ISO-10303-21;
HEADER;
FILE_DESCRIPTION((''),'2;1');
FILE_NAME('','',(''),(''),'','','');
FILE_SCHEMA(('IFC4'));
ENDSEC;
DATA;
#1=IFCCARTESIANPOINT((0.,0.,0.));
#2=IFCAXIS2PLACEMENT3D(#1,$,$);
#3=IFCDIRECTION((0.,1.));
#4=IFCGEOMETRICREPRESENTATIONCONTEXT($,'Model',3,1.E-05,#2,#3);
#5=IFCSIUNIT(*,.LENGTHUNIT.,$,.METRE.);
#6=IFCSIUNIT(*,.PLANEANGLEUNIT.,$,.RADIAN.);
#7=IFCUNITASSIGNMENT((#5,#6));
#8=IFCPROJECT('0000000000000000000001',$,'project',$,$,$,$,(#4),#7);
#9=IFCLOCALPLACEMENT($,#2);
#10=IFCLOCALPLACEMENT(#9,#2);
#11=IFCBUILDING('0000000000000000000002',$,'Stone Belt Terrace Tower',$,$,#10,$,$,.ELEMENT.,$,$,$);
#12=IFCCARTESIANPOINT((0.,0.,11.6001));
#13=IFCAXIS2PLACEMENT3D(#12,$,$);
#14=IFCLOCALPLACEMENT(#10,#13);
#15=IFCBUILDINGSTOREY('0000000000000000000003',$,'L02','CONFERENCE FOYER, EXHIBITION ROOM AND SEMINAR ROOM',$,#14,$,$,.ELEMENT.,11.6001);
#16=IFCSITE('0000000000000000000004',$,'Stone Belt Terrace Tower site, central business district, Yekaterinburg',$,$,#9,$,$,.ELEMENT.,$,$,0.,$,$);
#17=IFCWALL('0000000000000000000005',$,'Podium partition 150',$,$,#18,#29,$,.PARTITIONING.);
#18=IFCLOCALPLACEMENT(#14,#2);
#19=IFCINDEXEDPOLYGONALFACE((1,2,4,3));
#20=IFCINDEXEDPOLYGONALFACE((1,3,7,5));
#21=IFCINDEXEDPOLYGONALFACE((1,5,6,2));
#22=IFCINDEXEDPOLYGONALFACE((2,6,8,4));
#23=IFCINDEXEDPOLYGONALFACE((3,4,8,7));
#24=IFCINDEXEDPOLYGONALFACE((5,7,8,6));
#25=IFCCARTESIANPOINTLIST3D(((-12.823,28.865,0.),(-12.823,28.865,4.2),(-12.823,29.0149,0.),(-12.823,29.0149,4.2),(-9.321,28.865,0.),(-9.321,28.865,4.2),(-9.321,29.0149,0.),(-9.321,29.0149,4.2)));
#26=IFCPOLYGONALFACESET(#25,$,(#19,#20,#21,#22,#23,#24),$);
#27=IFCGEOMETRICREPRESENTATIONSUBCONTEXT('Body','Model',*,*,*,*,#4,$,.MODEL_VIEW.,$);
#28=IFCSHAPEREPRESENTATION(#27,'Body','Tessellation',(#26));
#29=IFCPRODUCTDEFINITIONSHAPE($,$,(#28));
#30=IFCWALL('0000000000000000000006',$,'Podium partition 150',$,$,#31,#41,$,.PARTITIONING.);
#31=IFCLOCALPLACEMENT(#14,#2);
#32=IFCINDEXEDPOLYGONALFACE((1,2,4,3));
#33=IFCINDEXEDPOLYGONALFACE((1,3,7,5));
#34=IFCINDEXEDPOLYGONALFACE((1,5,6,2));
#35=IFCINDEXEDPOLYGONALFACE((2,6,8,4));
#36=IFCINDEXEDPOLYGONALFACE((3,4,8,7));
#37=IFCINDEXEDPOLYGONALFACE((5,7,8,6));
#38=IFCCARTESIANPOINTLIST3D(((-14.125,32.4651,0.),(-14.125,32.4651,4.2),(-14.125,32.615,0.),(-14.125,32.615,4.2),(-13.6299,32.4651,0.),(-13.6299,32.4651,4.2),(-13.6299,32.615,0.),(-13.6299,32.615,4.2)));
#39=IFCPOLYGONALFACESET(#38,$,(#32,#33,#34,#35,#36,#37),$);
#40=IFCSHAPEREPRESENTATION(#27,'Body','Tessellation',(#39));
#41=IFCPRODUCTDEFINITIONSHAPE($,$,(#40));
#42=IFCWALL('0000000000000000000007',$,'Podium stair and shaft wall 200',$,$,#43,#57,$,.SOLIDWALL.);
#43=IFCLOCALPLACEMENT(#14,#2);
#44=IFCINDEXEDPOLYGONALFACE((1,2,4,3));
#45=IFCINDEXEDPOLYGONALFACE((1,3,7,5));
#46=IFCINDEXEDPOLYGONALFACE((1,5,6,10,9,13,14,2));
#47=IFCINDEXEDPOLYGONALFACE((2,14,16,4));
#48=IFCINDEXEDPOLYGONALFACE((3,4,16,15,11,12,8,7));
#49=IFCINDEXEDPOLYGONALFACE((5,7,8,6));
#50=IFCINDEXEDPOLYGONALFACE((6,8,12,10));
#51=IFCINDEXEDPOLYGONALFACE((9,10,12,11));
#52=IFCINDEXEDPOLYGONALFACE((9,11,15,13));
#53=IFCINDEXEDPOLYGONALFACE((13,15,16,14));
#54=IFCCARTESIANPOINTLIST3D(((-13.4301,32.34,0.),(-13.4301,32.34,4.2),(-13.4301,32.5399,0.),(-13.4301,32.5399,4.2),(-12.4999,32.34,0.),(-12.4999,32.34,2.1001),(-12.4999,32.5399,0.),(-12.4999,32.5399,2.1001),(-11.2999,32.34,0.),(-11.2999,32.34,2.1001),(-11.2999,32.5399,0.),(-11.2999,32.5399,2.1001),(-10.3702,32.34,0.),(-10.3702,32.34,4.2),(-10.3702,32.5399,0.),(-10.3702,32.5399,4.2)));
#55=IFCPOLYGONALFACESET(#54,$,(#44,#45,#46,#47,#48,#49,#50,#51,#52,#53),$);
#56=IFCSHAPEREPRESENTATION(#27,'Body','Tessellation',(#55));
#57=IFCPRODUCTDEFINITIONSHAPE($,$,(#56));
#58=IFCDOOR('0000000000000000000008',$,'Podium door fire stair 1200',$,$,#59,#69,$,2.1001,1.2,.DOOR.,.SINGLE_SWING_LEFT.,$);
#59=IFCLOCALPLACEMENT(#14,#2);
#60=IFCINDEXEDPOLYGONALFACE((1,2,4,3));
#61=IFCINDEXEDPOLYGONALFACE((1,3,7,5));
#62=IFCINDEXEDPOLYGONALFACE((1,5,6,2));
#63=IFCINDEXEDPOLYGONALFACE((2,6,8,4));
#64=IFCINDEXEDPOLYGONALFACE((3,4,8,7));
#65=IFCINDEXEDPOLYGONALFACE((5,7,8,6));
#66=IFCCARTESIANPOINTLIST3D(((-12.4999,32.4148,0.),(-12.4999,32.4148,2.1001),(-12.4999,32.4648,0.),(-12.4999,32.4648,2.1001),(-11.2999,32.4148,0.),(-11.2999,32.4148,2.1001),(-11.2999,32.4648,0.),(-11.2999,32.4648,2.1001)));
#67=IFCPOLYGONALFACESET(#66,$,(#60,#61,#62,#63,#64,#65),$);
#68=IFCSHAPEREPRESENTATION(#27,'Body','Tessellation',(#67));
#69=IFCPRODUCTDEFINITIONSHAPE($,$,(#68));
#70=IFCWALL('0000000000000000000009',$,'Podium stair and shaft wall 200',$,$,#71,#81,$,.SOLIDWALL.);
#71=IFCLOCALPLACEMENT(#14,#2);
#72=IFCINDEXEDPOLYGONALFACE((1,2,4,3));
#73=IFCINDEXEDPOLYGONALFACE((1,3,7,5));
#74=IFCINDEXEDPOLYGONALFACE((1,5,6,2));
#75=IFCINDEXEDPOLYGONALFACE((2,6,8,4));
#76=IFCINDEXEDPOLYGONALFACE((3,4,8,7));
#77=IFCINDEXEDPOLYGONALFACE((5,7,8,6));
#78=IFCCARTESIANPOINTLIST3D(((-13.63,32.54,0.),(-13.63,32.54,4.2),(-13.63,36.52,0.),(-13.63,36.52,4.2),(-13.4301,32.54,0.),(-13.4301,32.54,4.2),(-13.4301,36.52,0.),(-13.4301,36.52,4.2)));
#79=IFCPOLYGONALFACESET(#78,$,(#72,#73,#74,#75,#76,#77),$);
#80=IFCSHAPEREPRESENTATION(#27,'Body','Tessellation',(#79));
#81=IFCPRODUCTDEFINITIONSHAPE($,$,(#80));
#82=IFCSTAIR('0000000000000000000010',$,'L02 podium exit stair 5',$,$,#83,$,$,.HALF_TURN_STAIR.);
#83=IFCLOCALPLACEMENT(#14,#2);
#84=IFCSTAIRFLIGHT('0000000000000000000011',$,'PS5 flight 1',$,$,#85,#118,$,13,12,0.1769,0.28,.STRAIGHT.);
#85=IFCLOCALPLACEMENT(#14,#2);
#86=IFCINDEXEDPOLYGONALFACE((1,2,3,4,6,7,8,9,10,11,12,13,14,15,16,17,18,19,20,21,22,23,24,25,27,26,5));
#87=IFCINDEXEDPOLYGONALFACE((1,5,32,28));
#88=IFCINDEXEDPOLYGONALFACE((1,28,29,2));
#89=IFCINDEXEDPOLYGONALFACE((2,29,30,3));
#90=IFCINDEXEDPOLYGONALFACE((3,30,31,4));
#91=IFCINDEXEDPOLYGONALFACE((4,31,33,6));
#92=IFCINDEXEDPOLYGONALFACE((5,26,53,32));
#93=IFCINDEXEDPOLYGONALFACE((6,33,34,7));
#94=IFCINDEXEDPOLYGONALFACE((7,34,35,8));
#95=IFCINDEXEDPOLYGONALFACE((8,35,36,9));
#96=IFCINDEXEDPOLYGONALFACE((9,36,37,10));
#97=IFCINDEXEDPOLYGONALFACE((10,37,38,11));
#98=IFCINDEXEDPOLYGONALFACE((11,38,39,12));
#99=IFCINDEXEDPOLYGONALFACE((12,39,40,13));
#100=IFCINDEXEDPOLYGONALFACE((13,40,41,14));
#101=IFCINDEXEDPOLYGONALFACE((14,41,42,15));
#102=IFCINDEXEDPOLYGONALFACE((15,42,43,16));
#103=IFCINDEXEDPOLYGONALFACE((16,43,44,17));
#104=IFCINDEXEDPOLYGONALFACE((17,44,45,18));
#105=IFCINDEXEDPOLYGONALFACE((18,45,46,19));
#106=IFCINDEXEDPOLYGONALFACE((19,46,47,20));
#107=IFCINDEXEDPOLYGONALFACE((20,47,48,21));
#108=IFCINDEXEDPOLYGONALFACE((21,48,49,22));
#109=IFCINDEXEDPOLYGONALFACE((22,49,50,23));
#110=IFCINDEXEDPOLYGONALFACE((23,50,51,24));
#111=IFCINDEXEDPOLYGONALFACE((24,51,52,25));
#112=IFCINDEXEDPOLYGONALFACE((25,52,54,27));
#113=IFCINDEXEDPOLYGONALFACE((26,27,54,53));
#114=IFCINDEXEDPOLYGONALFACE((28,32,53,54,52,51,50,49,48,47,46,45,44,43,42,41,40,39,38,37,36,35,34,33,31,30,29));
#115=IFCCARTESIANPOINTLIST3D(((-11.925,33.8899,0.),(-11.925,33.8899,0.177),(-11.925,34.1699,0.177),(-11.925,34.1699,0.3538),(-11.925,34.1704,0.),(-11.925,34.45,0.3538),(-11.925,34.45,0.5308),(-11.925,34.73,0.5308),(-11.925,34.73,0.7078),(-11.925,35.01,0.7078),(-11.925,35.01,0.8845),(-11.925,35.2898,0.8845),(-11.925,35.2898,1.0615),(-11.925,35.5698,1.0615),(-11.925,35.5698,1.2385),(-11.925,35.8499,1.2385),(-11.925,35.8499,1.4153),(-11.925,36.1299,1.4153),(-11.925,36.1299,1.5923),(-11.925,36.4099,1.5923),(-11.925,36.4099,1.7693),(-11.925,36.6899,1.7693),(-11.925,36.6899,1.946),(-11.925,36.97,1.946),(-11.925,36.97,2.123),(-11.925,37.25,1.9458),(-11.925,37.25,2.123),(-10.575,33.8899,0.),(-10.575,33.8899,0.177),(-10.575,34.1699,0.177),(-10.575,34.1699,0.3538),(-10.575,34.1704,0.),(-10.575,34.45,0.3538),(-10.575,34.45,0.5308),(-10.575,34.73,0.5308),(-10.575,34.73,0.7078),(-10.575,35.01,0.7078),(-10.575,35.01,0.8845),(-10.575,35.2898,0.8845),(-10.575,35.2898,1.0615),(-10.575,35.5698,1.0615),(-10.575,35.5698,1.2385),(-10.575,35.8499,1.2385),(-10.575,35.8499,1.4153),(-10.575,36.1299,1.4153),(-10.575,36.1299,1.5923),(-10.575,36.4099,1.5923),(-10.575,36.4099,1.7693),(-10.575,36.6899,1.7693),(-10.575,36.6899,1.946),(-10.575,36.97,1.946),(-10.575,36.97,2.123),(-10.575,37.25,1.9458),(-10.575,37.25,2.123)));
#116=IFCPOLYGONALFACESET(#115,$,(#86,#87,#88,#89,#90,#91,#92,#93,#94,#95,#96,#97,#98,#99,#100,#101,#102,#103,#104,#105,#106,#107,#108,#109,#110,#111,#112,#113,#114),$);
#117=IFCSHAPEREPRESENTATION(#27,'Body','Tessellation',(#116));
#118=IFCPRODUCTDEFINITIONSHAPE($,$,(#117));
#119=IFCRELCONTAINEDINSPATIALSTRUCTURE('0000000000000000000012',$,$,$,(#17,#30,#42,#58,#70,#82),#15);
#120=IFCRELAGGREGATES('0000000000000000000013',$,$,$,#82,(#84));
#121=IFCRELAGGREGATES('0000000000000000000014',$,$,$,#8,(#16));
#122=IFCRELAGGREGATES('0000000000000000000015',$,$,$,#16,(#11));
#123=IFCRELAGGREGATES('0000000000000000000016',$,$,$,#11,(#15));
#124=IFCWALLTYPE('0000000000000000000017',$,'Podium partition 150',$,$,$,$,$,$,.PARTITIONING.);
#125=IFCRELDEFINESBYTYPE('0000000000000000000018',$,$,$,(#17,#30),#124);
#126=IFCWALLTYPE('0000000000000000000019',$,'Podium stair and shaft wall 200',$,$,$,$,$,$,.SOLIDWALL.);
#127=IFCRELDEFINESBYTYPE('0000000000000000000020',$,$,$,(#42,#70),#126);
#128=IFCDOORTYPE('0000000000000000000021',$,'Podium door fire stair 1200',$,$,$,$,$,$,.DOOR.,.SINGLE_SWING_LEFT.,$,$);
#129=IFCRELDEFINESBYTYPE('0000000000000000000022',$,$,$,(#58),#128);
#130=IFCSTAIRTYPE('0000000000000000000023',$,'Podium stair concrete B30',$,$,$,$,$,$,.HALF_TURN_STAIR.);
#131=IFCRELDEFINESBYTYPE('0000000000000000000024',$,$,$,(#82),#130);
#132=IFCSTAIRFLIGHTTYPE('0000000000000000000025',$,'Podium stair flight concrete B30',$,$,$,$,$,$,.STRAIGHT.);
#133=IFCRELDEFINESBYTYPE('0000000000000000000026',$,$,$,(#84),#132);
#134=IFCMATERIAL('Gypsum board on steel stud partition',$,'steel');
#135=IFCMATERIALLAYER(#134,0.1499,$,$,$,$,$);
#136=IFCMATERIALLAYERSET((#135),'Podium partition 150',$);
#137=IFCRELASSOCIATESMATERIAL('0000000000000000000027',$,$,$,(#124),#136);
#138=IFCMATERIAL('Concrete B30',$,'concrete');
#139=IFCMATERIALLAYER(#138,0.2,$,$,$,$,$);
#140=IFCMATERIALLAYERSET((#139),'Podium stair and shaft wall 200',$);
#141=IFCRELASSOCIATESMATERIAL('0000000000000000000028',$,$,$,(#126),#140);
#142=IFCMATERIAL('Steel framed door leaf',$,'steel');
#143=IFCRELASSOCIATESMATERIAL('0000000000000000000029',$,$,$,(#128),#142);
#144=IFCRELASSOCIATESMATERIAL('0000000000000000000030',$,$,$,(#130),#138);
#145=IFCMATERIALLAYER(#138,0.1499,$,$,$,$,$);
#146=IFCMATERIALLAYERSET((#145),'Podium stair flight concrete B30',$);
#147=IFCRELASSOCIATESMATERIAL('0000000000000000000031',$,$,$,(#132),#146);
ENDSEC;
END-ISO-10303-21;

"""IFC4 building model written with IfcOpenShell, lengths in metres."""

from ifc_helpers import new_model, si_unit, direction, frame, frame_2d, origin, place, context, subcontext, project, spatial, polyline, rectangle, outline, extrude, material, layer, layer_set, type_object, element, fill, aggregate, save


model = new_model("IFC4")

# Units and contexts
model_context = context("Model", 3, precision=1e-05, world=origin(), true_north=direction((0.0, 1.0)))
body_context = subcontext(model_context, "Body", "Model", "MODEL_VIEW")
ifc_project = project(units=[si_unit("LENGTHUNIT", "METRE"), si_unit("PLANEANGLEUNIT", "RADIAN")], contexts=[model_context])

# Site, building, storey
site_placement = place(None, origin())
site = spatial("IfcSite", under=ifc_project, at=site_placement, Name="Stone Belt Terrace Tower site, central business district, Yekaterinburg", CompositionType="ELEMENT", RefElevation=0.0)
building_placement = place(site_placement, origin())
building = spatial("IfcBuilding", under=site, at=building_placement, Name="Stone Belt Terrace Tower", CompositionType="ELEMENT")
storey_placement = place(building_placement, frame((0.0, 0.0, 11.6001)))
storey = spatial("IfcBuildingStorey", under=building, at=storey_placement, Name="L02", Description="CONFERENCE FOYER, EXHIBITION ROOM AND SEMINAR ROOM", CompositionType="ELEMENT", Elevation=11.6001)

# Walls
ifc_material_1 = material(Name="Gypsum board on steel stud partition", Category="steel")
ifc_layer_1 = layer(ifc_material_1, 0.1499)
ifc_layer_set_1 = layer_set([ifc_layer_1], Name="Podium partition 150")
wall_type_1 = type_object("IfcWallType", Name="Podium partition 150", PredefinedType="PARTITIONING", material=ifc_layer_set_1)
wall_1_placement = place(storey_placement, frame((-12.823, 28.9399, 0.0), z_axis=(0.0, 0.0, 1.0), x_axis=(1.0, 0.0, 0.0)))
element("IfcWall", 1, at=wall_1_placement, inside=storey, type_object=wall_type_1, Name="Podium partition 150", PredefinedType="PARTITIONING", context=body_context, shape_type="SweptSolid", body=[
    extrude(rectangle(XDim=3.502, YDim=0.1499, at=frame_2d((1.751, 0.0))), origin(), (0.0, 0.0, 1.0), 4.2),
])
wall_2_placement = place(storey_placement, frame((-14.125, 32.54, 0.0), z_axis=(0.0, 0.0, 1.0), x_axis=(1.0, 0.0, 0.0)))
element("IfcWall", 2, at=wall_2_placement, inside=storey, type_object=wall_type_1, Name="Podium partition 150", PredefinedType="PARTITIONING", context=body_context, shape_type="SweptSolid", body=[
    extrude(rectangle(XDim=0.4951, YDim=0.1499, at=frame_2d((0.2476, 0.0))), origin(), (0.0, 0.0, 1.0), 4.2),
])

# Wall, opening, door
ifc_material_2 = material(Name="Concrete B30", Category="concrete")
ifc_layer_2 = layer(ifc_material_2, 0.2)
ifc_layer_set_2 = layer_set([ifc_layer_2], Name="Podium stair and shaft wall 200")
wall_type_2 = type_object("IfcWallType", Name="Podium stair and shaft wall 200", PredefinedType="SOLIDWALL", material=ifc_layer_set_2)
wall_3_placement = place(storey_placement, frame((-13.4299, 32.4399, 0.0), z_axis=(0.0, 0.0, 1.0), x_axis=(1.0, 0.0, 0.0)))
wall_3 = element("IfcWall", 3, at=wall_3_placement, inside=storey, type_object=wall_type_2, Name="Podium stair and shaft wall 200", PredefinedType="SOLIDWALL", context=body_context, shape_type="SweptSolid", body=[
    extrude(rectangle(XDim=3.0598, YDim=0.2, at=frame_2d((1.5298, 0.0))), origin(), (0.0, 0.0, 1.0), 4.2),
])
opening_placement = place(wall_3_placement, frame((0.9299, 0.0, 0.0)))
opening = element("IfcOpeningElement", 4, at=opening_placement, cuts=wall_3, PredefinedType="OPENING", context=body_context, shape_type="SweptSolid", body=[
    extrude(rectangle(XDim=1.2, YDim=2.1001, at=frame_2d((0.6001, 1.05))), frame((0.0, 0.1099, 0.0), z_axis=(0.0, -1.0, 0.0), x_axis=(1.0, 0.0, 0.0)), (0.0, 0.0, 1.0), 0.22),
])
ifc_material_3 = material(Name="Steel framed door leaf", Category="steel")
door_type = type_object("IfcDoorType", Name="Podium door fire stair 1200", OperationType="SINGLE_SWING_LEFT", PredefinedType="DOOR", material=ifc_material_3)
door_placement = place(opening_placement, origin())
door = element("IfcDoor", 5, at=door_placement, inside=storey, type_object=door_type, Name="Podium door fire stair 1200", OperationType="SINGLE_SWING_LEFT", OverallHeight=2.1001, OverallWidth=1.2, PredefinedType="DOOR", context=body_context, shape_type="SweptSolid", body=[
    extrude(rectangle(XDim=1.2, YDim=2.1001, at=frame_2d((0.6001, 1.05))), frame((0.0, 0.0249, 0.0), z_axis=(0.0, -1.0, 0.0), x_axis=(1.0, 0.0, 0.0)), (0.0, 0.0, 1.0), 0.05),
])
fill(opening, door)

# Wall
wall_4_placement = place(storey_placement, frame((-13.53, 32.54, 0.0), z_axis=(0.0, 0.0, 1.0), x_axis=(0.0, 1.0, 0.0)))
element("IfcWall", 6, at=wall_4_placement, inside=storey, type_object=wall_type_2, Name="Podium stair and shaft wall 200", PredefinedType="SOLIDWALL", context=body_context, shape_type="SweptSolid", body=[
    extrude(rectangle(XDim=3.98, YDim=0.2, at=frame_2d((1.99, 0.0))), origin(), (0.0, 0.0, 1.0), 4.2),
])

# Stair, stair flight
stair_type = type_object("IfcStairType", Name="Podium stair concrete B30", PredefinedType="HALF_TURN_STAIR", material=ifc_material_2)
stair_placement = place(storey_placement, origin())
stair = element("IfcStair", 7, at=stair_placement, inside=storey, type_object=stair_type, Name="L02 podium exit stair 5", PredefinedType="HALF_TURN_STAIR")
ifc_layer_3 = layer(ifc_material_2, 0.1499)
ifc_layer_set_3 = layer_set([ifc_layer_3], Name="Podium stair flight concrete B30")
stair_flight_type = type_object("IfcStairFlightType", Name="Podium stair flight concrete B30", PredefinedType="STRAIGHT", material=ifc_layer_set_3)
stair_flight_placement = place(storey_placement, frame((-11.25, 33.8899, 0.0), z_axis=(0.0, 0.0, 1.0), x_axis=(0.0, 1.0, 0.0)))
stair_flight = element("IfcStairFlight", 8, at=stair_flight_placement, type_object=stair_flight_type, Name="PS5 flight 1", NumberOfRisers=13, NumberOfTreads=12, PredefinedType="STRAIGHT", RiserHeight=0.1769, TreadLength=0.28, context=body_context, shape_type="SweptSolid", body=[
    extrude(outline(polyline([(0.0, 0.0), (0.0, 0.177), (0.28, 0.177), (0.28, 0.3538), (0.5601, 0.3538), (0.5601, 0.5308), (0.8401, 0.5308), (0.8401, 0.7078), (1.1201, 0.7078), (1.1201, 0.8845), (1.3999, 0.8845), (1.3999, 1.0615), (1.6799, 1.0615), (1.6799, 1.2385), (1.96, 1.2385), (1.96, 1.4153), (2.24, 1.4153), (2.24, 1.5923), (2.52, 1.5923), (2.52, 1.7693), (2.8, 1.7693), (2.8, 1.946), (3.0801, 1.946), (3.0801, 2.123), (3.3601, 2.123), (3.3601, 2.3), (3.3601, 1.9458), (0.2805, 0.0), (0.0, 0.0)])), frame((0.0, 0.675, 0.0), z_axis=(0.0, -1.0, 0.0), x_axis=(1.0, 0.0, 0.0)), (0.0, 0.0, 1.0), 1.3501),
])
aggregate(stair, [stair_flight])

save(model, "model.ifc")
